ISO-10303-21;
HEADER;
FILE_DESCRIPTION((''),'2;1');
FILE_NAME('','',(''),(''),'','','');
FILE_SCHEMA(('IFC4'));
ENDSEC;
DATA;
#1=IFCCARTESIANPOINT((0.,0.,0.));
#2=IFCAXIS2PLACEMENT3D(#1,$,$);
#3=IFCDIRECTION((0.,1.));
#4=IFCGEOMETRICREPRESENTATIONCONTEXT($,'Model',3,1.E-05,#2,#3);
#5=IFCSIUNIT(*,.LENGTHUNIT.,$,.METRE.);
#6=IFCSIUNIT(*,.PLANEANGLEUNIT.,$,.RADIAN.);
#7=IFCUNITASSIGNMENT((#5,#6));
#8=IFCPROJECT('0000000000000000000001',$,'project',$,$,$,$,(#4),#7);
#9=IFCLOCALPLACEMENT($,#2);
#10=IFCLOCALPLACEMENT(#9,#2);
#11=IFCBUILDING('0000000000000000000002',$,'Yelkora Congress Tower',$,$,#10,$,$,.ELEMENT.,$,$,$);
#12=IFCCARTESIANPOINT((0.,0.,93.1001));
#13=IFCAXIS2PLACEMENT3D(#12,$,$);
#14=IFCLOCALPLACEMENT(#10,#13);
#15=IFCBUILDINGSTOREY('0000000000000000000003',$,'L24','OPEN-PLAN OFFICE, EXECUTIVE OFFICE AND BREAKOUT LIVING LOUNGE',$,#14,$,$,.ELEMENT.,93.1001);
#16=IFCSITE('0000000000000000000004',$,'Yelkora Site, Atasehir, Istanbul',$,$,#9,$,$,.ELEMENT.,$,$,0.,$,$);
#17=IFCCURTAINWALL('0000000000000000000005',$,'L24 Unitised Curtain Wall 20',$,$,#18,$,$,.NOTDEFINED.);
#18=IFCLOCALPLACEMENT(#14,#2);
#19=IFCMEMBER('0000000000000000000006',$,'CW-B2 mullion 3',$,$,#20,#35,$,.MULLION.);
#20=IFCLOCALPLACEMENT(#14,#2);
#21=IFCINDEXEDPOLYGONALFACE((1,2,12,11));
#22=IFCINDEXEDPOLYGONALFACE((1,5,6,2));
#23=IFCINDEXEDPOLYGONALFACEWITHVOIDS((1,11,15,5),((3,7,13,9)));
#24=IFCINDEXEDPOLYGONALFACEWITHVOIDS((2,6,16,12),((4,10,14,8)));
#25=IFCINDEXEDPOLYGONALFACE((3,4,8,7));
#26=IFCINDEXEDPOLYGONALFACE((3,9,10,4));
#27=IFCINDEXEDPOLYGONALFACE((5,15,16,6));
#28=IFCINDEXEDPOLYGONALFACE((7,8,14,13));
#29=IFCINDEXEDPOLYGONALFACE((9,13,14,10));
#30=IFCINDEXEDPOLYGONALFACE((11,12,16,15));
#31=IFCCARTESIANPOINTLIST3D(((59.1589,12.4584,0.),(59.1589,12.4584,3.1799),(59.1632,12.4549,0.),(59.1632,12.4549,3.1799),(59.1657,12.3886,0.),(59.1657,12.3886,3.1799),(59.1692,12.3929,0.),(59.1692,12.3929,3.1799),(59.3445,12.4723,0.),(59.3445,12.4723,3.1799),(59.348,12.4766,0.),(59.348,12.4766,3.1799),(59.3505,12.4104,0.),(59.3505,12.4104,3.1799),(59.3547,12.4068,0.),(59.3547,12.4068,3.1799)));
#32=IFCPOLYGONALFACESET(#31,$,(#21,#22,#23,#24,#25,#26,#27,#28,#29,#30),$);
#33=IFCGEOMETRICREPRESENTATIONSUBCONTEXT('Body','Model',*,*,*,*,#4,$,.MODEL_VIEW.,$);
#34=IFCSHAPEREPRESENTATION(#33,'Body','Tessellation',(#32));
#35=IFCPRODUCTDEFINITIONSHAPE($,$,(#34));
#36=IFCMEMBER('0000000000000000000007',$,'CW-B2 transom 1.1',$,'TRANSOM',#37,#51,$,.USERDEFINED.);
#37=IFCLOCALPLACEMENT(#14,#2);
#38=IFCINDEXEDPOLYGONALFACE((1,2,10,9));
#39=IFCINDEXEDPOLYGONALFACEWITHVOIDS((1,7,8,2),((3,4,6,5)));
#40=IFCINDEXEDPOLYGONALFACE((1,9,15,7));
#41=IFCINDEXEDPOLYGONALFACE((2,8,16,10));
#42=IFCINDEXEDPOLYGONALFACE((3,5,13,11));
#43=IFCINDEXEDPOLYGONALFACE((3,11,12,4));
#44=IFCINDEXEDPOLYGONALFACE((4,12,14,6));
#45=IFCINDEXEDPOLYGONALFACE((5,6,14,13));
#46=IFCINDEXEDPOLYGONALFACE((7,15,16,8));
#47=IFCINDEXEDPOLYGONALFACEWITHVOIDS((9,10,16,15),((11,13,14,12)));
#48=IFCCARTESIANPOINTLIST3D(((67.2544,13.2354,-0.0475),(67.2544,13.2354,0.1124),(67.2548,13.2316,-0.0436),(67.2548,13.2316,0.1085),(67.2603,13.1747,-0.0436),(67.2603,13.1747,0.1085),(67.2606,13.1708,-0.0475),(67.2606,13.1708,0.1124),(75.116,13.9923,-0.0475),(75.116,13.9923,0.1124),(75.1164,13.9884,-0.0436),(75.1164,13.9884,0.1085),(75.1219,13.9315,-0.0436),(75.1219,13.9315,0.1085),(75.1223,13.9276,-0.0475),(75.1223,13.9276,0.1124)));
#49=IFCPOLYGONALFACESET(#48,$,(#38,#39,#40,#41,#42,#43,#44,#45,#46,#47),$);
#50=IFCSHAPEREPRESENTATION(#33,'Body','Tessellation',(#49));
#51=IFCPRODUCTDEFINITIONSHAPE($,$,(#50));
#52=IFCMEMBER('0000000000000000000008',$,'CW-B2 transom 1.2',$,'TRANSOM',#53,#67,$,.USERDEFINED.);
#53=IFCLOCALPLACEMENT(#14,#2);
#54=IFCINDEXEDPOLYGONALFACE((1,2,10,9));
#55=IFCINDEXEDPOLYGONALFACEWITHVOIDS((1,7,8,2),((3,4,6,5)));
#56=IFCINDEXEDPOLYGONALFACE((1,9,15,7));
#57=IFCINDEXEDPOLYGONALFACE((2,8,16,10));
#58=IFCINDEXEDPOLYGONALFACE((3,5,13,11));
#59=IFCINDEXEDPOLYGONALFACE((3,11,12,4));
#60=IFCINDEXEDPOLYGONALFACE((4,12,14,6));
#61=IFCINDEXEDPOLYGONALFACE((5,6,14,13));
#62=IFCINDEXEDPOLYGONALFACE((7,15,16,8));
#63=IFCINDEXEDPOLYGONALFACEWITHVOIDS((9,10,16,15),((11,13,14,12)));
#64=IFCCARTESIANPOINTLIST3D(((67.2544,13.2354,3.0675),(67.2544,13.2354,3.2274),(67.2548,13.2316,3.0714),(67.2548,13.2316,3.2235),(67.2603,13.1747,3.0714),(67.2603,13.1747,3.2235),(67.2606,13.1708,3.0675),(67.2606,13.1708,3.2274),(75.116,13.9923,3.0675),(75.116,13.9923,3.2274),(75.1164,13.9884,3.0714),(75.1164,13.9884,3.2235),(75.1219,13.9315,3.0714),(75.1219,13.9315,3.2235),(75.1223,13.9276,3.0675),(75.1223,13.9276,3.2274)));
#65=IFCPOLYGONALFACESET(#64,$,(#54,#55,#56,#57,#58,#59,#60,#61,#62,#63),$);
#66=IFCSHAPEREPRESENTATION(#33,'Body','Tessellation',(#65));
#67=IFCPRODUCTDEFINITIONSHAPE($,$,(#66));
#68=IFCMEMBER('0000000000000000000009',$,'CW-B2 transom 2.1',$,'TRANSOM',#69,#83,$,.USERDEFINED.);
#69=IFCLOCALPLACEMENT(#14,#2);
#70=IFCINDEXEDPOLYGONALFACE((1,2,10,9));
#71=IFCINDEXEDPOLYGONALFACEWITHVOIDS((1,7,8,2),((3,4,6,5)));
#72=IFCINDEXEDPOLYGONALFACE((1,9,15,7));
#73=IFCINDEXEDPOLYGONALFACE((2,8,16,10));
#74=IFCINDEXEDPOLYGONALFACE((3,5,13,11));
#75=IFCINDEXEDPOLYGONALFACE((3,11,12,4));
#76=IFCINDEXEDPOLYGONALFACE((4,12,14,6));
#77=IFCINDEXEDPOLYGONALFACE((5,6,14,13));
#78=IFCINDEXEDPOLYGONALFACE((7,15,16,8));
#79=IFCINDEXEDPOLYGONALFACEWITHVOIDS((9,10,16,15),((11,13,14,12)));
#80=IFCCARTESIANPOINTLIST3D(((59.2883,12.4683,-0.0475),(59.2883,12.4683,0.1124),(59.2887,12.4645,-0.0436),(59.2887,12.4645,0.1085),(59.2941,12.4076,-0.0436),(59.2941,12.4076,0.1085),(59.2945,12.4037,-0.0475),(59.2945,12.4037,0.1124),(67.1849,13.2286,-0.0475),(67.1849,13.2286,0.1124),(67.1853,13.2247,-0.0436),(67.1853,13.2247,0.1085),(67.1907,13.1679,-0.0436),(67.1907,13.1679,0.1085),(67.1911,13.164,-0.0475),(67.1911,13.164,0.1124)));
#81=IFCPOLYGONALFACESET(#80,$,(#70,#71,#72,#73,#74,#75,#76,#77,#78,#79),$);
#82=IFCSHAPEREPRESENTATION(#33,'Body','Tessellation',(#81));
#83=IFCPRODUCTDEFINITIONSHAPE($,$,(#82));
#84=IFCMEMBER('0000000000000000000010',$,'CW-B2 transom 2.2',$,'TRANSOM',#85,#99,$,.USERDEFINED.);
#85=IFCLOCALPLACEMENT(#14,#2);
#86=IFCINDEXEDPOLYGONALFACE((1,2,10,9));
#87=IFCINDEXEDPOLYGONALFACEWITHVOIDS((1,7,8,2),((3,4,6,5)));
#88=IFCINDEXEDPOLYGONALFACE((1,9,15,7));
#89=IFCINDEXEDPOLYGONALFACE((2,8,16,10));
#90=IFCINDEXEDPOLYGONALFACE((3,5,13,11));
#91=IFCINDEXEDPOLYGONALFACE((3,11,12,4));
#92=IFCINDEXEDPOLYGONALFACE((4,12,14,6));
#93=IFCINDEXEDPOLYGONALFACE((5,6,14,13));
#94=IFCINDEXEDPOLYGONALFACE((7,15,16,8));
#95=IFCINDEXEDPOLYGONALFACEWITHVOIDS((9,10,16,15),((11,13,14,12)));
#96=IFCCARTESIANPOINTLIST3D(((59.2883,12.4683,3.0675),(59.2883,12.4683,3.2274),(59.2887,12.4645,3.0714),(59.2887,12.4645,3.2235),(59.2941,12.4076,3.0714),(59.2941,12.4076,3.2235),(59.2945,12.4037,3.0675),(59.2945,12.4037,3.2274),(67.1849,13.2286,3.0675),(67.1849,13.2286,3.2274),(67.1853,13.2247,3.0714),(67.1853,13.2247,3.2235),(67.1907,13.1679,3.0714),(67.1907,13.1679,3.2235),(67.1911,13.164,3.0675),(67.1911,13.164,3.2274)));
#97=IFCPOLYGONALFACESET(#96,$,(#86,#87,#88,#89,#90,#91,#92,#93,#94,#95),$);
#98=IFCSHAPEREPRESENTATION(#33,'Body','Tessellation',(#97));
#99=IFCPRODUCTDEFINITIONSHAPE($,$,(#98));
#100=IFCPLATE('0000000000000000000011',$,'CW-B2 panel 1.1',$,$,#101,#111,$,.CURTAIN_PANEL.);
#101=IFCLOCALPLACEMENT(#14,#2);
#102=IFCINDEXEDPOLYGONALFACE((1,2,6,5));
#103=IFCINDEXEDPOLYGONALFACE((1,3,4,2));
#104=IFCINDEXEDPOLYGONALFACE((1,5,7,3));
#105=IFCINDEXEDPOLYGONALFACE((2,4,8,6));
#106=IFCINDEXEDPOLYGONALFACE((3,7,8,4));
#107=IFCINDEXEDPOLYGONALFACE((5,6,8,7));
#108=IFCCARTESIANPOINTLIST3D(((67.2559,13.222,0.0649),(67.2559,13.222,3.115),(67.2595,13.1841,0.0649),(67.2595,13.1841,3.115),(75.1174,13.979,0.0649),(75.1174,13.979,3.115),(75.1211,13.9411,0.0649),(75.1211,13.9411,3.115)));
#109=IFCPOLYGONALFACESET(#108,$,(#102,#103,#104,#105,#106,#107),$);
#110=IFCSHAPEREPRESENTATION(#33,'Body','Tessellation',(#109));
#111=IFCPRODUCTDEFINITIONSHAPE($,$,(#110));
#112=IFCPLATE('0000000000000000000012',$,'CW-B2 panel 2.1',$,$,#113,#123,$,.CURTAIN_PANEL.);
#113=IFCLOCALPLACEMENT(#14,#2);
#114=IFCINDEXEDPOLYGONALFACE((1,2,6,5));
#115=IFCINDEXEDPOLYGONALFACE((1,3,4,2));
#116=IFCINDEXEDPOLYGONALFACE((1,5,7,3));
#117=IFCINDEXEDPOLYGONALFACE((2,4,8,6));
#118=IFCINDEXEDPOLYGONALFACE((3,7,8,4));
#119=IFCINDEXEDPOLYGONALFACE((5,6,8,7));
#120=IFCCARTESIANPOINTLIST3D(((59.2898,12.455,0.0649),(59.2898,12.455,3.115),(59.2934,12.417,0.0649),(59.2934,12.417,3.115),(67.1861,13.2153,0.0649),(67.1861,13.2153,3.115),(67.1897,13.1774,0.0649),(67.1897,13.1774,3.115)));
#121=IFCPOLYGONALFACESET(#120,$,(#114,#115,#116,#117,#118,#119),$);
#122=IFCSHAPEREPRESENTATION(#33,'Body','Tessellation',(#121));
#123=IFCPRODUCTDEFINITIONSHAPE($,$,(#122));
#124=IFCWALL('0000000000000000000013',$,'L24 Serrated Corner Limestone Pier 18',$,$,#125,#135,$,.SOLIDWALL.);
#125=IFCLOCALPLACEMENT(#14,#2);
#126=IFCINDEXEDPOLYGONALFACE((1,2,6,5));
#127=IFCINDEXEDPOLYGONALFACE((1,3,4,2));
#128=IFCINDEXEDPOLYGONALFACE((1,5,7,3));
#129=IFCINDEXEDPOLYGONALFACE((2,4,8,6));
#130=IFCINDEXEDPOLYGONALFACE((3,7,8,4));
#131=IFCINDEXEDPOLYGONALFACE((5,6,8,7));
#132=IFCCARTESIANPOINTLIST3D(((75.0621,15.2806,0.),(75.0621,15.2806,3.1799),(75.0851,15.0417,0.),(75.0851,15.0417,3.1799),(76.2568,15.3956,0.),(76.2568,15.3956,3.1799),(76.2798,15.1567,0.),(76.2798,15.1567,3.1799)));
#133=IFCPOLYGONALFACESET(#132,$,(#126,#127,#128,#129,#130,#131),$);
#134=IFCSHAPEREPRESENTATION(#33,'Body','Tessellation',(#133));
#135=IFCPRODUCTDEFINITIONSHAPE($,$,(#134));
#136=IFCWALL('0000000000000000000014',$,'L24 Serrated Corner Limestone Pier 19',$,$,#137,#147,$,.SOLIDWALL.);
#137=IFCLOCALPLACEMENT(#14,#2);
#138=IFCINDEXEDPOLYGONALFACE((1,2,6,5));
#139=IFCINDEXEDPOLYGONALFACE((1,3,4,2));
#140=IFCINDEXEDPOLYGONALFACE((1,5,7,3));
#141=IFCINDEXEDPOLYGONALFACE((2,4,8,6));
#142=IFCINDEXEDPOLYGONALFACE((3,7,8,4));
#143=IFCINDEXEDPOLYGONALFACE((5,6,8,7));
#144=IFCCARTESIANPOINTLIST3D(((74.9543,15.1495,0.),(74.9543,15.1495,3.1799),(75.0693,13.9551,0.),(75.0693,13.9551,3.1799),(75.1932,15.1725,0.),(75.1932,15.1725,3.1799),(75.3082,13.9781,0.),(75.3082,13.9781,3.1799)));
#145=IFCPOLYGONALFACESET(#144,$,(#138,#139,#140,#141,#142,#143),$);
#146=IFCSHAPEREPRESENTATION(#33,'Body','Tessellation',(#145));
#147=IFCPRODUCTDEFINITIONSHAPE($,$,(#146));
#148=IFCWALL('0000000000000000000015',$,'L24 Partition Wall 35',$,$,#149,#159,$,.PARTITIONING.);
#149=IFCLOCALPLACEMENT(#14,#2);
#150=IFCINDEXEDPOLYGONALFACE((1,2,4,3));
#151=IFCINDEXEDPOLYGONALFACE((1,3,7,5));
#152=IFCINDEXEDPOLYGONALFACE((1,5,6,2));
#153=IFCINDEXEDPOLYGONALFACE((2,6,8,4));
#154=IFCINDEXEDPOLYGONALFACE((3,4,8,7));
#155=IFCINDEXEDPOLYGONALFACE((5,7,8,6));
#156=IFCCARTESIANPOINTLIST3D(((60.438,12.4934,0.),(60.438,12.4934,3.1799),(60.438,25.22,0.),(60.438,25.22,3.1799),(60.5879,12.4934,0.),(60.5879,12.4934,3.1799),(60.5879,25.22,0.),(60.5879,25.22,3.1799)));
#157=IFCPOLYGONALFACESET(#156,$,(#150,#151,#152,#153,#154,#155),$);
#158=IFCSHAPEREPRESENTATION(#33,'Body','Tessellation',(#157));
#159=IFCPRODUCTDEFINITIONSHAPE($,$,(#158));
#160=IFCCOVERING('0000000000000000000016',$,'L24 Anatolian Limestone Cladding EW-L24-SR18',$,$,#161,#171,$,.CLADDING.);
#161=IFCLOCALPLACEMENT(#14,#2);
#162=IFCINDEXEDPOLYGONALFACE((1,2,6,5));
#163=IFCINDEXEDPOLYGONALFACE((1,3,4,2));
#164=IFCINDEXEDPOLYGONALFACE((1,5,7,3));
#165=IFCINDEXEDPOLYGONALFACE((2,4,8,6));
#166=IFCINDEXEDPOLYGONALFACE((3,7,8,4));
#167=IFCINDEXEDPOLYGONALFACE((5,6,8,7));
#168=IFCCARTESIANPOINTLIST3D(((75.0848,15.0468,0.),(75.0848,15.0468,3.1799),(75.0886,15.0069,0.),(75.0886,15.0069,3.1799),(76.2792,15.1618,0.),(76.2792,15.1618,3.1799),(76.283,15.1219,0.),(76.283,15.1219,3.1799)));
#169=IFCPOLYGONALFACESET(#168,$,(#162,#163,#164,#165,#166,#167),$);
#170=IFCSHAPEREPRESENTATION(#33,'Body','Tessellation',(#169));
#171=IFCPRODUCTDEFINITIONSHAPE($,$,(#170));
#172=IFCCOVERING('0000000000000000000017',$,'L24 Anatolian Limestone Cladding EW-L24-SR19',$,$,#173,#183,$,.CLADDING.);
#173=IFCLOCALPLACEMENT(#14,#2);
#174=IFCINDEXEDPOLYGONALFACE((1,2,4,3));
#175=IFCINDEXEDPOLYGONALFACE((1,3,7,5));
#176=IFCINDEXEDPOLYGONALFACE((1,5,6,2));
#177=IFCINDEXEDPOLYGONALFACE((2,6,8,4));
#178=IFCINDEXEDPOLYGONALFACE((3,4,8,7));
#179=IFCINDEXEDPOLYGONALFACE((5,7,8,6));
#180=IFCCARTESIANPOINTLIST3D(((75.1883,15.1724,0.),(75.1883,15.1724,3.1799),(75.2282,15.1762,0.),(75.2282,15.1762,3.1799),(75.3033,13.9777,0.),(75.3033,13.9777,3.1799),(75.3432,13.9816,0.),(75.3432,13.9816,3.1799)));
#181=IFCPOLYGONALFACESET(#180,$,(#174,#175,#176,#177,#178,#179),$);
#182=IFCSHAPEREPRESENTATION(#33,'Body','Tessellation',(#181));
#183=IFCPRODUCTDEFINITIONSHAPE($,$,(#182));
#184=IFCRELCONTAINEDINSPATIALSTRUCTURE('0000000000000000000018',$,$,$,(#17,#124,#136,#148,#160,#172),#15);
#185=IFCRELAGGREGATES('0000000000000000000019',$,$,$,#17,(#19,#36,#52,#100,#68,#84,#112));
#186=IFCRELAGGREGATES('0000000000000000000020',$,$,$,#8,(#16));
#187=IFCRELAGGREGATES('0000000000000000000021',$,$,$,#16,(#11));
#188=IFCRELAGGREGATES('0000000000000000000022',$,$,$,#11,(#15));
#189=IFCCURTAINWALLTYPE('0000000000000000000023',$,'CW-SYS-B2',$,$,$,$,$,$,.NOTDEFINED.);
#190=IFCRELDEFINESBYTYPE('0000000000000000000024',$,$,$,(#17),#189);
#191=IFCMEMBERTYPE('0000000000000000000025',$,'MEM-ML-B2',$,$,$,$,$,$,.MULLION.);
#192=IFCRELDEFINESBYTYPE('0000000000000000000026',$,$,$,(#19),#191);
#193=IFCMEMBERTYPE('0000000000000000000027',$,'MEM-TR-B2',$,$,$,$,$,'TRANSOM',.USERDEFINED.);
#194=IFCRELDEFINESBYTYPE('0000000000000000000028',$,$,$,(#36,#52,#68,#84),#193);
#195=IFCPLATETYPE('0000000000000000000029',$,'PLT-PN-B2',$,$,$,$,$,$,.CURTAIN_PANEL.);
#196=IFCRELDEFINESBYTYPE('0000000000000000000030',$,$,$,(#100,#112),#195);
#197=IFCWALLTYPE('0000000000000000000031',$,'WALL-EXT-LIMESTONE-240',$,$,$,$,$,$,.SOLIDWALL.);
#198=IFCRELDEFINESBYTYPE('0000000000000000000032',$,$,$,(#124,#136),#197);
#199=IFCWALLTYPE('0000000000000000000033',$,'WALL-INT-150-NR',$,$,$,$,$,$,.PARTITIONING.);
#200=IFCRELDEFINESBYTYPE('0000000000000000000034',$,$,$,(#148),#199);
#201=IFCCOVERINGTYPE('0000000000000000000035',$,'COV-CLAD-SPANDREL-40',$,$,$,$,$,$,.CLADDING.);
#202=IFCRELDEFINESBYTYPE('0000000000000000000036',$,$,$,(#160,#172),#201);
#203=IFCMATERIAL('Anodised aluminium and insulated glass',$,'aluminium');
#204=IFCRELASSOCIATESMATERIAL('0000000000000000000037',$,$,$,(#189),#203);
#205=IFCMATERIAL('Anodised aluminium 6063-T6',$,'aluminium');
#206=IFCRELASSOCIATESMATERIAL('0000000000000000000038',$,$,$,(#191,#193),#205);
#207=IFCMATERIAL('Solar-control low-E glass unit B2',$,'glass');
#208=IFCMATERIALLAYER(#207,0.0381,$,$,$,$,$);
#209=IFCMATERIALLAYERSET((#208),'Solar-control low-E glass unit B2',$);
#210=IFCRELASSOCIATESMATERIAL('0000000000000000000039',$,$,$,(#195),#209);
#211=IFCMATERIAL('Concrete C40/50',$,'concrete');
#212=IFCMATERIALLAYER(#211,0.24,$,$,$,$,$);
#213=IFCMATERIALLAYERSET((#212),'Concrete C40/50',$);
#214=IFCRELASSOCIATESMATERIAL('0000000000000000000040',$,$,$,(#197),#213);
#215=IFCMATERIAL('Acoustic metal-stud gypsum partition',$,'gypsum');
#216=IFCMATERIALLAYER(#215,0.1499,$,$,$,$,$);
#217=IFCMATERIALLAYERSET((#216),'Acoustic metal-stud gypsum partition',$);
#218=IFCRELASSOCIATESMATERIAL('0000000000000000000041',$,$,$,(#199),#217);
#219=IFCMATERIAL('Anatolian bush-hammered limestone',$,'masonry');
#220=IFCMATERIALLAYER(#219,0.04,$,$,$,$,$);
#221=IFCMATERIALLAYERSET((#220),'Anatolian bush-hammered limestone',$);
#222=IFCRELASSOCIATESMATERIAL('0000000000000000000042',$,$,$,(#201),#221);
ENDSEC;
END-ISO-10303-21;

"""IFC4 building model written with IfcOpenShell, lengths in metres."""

from ifc_helpers import new_model, si_unit, direction, frame, frame_2d, origin, origin_2d, place, context, subcontext, project, spatial, rectangle, hollow_rectangle, extrude, material, layer, layer_set, material_profile, profile_set, type_object, element, aggregate, save


model = new_model("IFC4")

# Units and contexts
model_context = context("Model", 3, precision=1e-05, world=origin(), true_north=direction((0.0, 1.0)))
body_context = subcontext(model_context, "Body", "Model", "MODEL_VIEW")
ifc_project = project(units=[si_unit("LENGTHUNIT", "METRE"), si_unit("PLANEANGLEUNIT", "RADIAN")], contexts=[model_context])

# Site, building, storey
site_placement = place(None, origin())
site = spatial("IfcSite", under=ifc_project, at=site_placement, Name="Yelkora Site, Atasehir, Istanbul", CompositionType="ELEMENT", RefElevation=0.0)
building_placement = place(site_placement, origin())
building = spatial("IfcBuilding", under=site, at=building_placement, Name="Yelkora Congress Tower", CompositionType="ELEMENT")
storey_placement = place(building_placement, frame((0.0, 0.0, 93.1001)))
storey = spatial("IfcBuildingStorey", under=building, at=storey_placement, Name="L24", Description="OPEN-PLAN OFFICE, EXECUTIVE OFFICE AND BREAKOUT LIVING LOUNGE", CompositionType="ELEMENT", Elevation=93.1001)

# Curtain wall, members, plates
ifc_material_1 = material(Name="Anodised aluminium and insulated glass", Category="aluminium")
curtain_wall_type = type_object("IfcCurtainWallType", Name="CW-SYS-B2", PredefinedType="NOTDEFINED", material=ifc_material_1)
curtain_wall_placement = place(storey_placement, origin())
curtain_wall = element("IfcCurtainWall", 1, at=curtain_wall_placement, inside=storey, type_object=curtain_wall_type, Name="L24 Unitised Curtain Wall 20", PredefinedType="NOTDEFINED")
ifc_material_2 = material(Name="Anodised aluminium 6063-T6", Category="aluminium")
ifc_material_profile_1 = material_profile(ifc_material_2, hollow_rectangle(XDim=0.0701, YDim=0.1899, WallThickness=0.0039, at=origin_2d()), Name="ALU 70x190x4")
ifc_profile_set_1 = profile_set([ifc_material_profile_1], Name="Anodised aluminium 6063-T6")
member_type_1 = type_object("IfcMemberType", Name="MEM-ML-B2", PredefinedType="MULLION", material=ifc_profile_set_1)
member_1_placement = place(storey_placement, frame((59.2568, 12.4326, 0.0), z_axis=(0.0, 0.0, 1.0), x_axis=(0.095844, -0.995396, 0.0)))
member_1 = element("IfcMember", 2, at=member_1_placement, type_object=member_type_1, Name="CW-B2 mullion 3", PredefinedType="MULLION", context=body_context, shape_type="SweptSolid", body=[
    extrude(hollow_rectangle(XDim=0.0701, YDim=0.1899, WallThickness=0.0039, at=origin_2d()), origin(), (0.0, 0.0, 1.0), 3.1799),
])
ifc_material_profile_2 = material_profile(ifc_material_2, hollow_rectangle(XDim=0.0649, YDim=0.1599, WallThickness=0.0039, at=origin_2d()), Name="ALU 65x160x4")
ifc_profile_set_2 = profile_set([ifc_material_profile_2], Name="Anodised aluminium 6063-T6")
member_type_2 = type_object("IfcMemberType", Name="MEM-TR-B2", ElementType="TRANSOM", PredefinedType="USERDEFINED", material=ifc_profile_set_2)
member_2_placement = place(storey_placement, frame((75.1191, 13.96, 0.0325), z_axis=(-0.995398, -0.095827, 0.0), x_axis=(0.095827, -0.995398, 0.0)))
member_2 = element("IfcMember", 3, at=member_2_placement, type_object=member_type_2, Name="CW-B2 transom 1.1", ObjectType="TRANSOM", PredefinedType="USERDEFINED", context=body_context, shape_type="SweptSolid", body=[
    extrude(hollow_rectangle(XDim=0.0649, YDim=0.1599, WallThickness=0.0039, at=origin_2d()), origin(), (0.0, 0.0, 1.0), 7.8979),
])
member_3_placement = place(storey_placement, frame((75.1191, 13.96, 3.1475), z_axis=(-0.995398, -0.095827, 0.0), x_axis=(0.095827, -0.995398, 0.0)))
member_3 = element("IfcMember", 4, at=member_3_placement, type_object=member_type_2, Name="CW-B2 transom 1.2", ObjectType="TRANSOM", PredefinedType="USERDEFINED", context=body_context, shape_type="SweptSolid", body=[
    extrude(hollow_rectangle(XDim=0.0649, YDim=0.1599, WallThickness=0.0039, at=origin_2d()), origin(), (0.0, 0.0, 1.0), 7.8979),
])
member_4_placement = place(storey_placement, frame((67.188, 13.1963, 0.0325), z_axis=(-0.995397, -0.095834, 0.0), x_axis=(0.095834, -0.995397, 0.0)))
member_4 = element("IfcMember", 5, at=member_4_placement, type_object=member_type_2, Name="CW-B2 transom 2.1", ObjectType="TRANSOM", PredefinedType="USERDEFINED", context=body_context, shape_type="SweptSolid", body=[
    extrude(hollow_rectangle(XDim=0.0649, YDim=0.1599, WallThickness=0.0039, at=origin_2d()), origin(), (0.0, 0.0, 1.0), 7.9331),
])
member_5_placement = place(storey_placement, frame((67.188, 13.1963, 3.1475), z_axis=(-0.995397, -0.095834, 0.0), x_axis=(0.095834, -0.995397, 0.0)))
member_5 = element("IfcMember", 6, at=member_5_placement, type_object=member_type_2, Name="CW-B2 transom 2.2", ObjectType="TRANSOM", PredefinedType="USERDEFINED", context=body_context, shape_type="SweptSolid", body=[
    extrude(hollow_rectangle(XDim=0.0649, YDim=0.1599, WallThickness=0.0039, at=origin_2d()), origin(), (0.0, 0.0, 1.0), 7.9331),
])
ifc_material_3 = material(Name="Solar-control low-E glass unit B2", Category="glass")
ifc_layer_1 = layer(ifc_material_3, 0.0381)
ifc_layer_set_1 = layer_set([ifc_layer_1], Name="Solar-control low-E glass unit B2")
plate_type = type_object("IfcPlateType", Name="PLT-PN-B2", PredefinedType="CURTAIN_PANEL", material=ifc_layer_set_1)
plate_1_placement = place(storey_placement, frame((71.1885, 13.5815, 0.0649), z_axis=(0.0, 0.0, 1.0), x_axis=(-0.995396, -0.095844, 0.0)))
plate_1 = element("IfcPlate", 7, at=plate_1_placement, type_object=plate_type, Name="CW-B2 panel 1.1", PredefinedType="CURTAIN_PANEL", context=body_context, shape_type="SweptSolid", body=[
    extrude(rectangle(XDim=7.8979, YDim=0.0381, at=origin_2d()), origin(), (0.0, 0.0, 1.0), 3.05),
])
plate_2_placement = place(storey_placement, frame((63.2397, 12.8162, 0.0649), z_axis=(0.0, 0.0, 1.0), x_axis=(-0.995396, -0.095844, 0.0)))
plate_2 = element("IfcPlate", 8, at=plate_2_placement, type_object=plate_type, Name="CW-B2 panel 2.1", PredefinedType="CURTAIN_PANEL", context=body_context, shape_type="SweptSolid", body=[
    extrude(rectangle(XDim=7.9329, YDim=0.0381, at=origin_2d()), origin(), (0.0, 0.0, 1.0), 3.05),
])
aggregate(curtain_wall, [member_1, member_2, member_3, plate_1, member_4, member_5, plate_2])

# Walls
ifc_material_4 = material(Name="Concrete C40/50", Category="concrete")
ifc_layer_2 = layer(ifc_material_4, 0.24)
ifc_layer_set_2 = layer_set([ifc_layer_2], Name="Concrete C40/50")
wall_type_1 = type_object("IfcWallType", Name="WALL-EXT-LIMESTONE-240", PredefinedType="SOLIDWALL", material=ifc_layer_set_2)
wall_1_placement = place(storey_placement, frame((76.2683, 15.2761, 0.0), z_axis=(0.0, 0.0, 1.0), x_axis=(-0.995399, -0.095817, 0.0)))
element("IfcWall", 9, at=wall_1_placement, inside=storey, type_object=wall_type_1, Name="L24 Serrated Corner Limestone Pier 18", PredefinedType="SOLIDWALL", context=body_context, shape_type="SweptSolid", body=[
    extrude(rectangle(XDim=1.2002, YDim=0.24, at=frame_2d((0.6001, 0.0))), origin(), (0.0, 0.0, 1.0), 3.1799),
])
wall_2_placement = place(storey_placement, frame((75.0737, 15.1611, 0.0), z_axis=(0.0, 0.0, 1.0), x_axis=(0.095836, -0.995397, 0.0)))
element("IfcWall", 10, at=wall_2_placement, inside=storey, type_object=wall_type_1, Name="L24 Serrated Corner Limestone Pier 19", PredefinedType="SOLIDWALL", context=body_context, shape_type="SweptSolid", body=[
    extrude(rectangle(XDim=1.2, YDim=0.24, at=frame_2d((0.6001, 0.0))), origin(), (0.0, 0.0, 1.0), 3.1799),
])
ifc_material_5 = material(Name="Acoustic metal-stud gypsum partition", Category="gypsum")
ifc_layer_3 = layer(ifc_material_5, 0.1499)
ifc_layer_set_3 = layer_set([ifc_layer_3], Name="Acoustic metal-stud gypsum partition")
wall_type_2 = type_object("IfcWallType", Name="WALL-INT-150-NR", PredefinedType="PARTITIONING", material=ifc_layer_set_3)
wall_3_placement = place(storey_placement, frame((60.5129, 12.4934, 0.0), z_axis=(0.0, 0.0, 1.0), x_axis=(0.0, 1.0, 0.0)))
element("IfcWall", 11, at=wall_3_placement, inside=storey, type_object=wall_type_2, Name="L24 Partition Wall 35", PredefinedType="PARTITIONING", context=body_context, shape_type="SweptSolid", body=[
    extrude(rectangle(XDim=12.7266, YDim=0.1499, at=frame_2d((6.3633, 0.0))), origin(), (0.0, 0.0, 1.0), 3.1799),
])

# Coverings
ifc_material_6 = material(Name="Anatolian bush-hammered limestone", Category="masonry")
ifc_layer_4 = layer(ifc_material_6, 0.04)
ifc_layer_set_4 = layer_set([ifc_layer_4], Name="Anatolian bush-hammered limestone")
covering_type = type_object("IfcCoveringType", Name="COV-CLAD-SPANDREL-40", PredefinedType="CLADDING", material=ifc_layer_set_4)
covering_1_placement = place(storey_placement, frame((76.2812, 15.1418, 0.0), z_axis=(0.0, 0.0, 1.0), x_axis=(-0.995397, -0.095836, 0.0)))
element("IfcCovering", 12, at=covering_1_placement, inside=storey, type_object=covering_type, Name="L24 Anatolian Limestone Cladding EW-L24-SR18", PredefinedType="CLADDING", context=body_context, shape_type="SweptSolid", body=[
    extrude(rectangle(XDim=1.2, YDim=0.04, at=frame_2d((0.6001, 0.0))), origin(), (0.0, 0.0, 1.0), 3.1799),
])
covering_2_placement = place(storey_placement, frame((75.2083, 15.1743, 0.0), z_axis=(0.0, 0.0, 1.0), x_axis=(0.095817, -0.995399, 0.0)))
element("IfcCovering", 13, at=covering_2_placement, inside=storey, type_object=covering_type, Name="L24 Anatolian Limestone Cladding EW-L24-SR19", PredefinedType="CLADDING", context=body_context, shape_type="SweptSolid", body=[
    extrude(rectangle(XDim=1.2002, YDim=0.04, at=frame_2d((0.6001, 0.0))), origin(), (0.0, 0.0, 1.0), 3.1799),
])

save(model, "model.ifc")
